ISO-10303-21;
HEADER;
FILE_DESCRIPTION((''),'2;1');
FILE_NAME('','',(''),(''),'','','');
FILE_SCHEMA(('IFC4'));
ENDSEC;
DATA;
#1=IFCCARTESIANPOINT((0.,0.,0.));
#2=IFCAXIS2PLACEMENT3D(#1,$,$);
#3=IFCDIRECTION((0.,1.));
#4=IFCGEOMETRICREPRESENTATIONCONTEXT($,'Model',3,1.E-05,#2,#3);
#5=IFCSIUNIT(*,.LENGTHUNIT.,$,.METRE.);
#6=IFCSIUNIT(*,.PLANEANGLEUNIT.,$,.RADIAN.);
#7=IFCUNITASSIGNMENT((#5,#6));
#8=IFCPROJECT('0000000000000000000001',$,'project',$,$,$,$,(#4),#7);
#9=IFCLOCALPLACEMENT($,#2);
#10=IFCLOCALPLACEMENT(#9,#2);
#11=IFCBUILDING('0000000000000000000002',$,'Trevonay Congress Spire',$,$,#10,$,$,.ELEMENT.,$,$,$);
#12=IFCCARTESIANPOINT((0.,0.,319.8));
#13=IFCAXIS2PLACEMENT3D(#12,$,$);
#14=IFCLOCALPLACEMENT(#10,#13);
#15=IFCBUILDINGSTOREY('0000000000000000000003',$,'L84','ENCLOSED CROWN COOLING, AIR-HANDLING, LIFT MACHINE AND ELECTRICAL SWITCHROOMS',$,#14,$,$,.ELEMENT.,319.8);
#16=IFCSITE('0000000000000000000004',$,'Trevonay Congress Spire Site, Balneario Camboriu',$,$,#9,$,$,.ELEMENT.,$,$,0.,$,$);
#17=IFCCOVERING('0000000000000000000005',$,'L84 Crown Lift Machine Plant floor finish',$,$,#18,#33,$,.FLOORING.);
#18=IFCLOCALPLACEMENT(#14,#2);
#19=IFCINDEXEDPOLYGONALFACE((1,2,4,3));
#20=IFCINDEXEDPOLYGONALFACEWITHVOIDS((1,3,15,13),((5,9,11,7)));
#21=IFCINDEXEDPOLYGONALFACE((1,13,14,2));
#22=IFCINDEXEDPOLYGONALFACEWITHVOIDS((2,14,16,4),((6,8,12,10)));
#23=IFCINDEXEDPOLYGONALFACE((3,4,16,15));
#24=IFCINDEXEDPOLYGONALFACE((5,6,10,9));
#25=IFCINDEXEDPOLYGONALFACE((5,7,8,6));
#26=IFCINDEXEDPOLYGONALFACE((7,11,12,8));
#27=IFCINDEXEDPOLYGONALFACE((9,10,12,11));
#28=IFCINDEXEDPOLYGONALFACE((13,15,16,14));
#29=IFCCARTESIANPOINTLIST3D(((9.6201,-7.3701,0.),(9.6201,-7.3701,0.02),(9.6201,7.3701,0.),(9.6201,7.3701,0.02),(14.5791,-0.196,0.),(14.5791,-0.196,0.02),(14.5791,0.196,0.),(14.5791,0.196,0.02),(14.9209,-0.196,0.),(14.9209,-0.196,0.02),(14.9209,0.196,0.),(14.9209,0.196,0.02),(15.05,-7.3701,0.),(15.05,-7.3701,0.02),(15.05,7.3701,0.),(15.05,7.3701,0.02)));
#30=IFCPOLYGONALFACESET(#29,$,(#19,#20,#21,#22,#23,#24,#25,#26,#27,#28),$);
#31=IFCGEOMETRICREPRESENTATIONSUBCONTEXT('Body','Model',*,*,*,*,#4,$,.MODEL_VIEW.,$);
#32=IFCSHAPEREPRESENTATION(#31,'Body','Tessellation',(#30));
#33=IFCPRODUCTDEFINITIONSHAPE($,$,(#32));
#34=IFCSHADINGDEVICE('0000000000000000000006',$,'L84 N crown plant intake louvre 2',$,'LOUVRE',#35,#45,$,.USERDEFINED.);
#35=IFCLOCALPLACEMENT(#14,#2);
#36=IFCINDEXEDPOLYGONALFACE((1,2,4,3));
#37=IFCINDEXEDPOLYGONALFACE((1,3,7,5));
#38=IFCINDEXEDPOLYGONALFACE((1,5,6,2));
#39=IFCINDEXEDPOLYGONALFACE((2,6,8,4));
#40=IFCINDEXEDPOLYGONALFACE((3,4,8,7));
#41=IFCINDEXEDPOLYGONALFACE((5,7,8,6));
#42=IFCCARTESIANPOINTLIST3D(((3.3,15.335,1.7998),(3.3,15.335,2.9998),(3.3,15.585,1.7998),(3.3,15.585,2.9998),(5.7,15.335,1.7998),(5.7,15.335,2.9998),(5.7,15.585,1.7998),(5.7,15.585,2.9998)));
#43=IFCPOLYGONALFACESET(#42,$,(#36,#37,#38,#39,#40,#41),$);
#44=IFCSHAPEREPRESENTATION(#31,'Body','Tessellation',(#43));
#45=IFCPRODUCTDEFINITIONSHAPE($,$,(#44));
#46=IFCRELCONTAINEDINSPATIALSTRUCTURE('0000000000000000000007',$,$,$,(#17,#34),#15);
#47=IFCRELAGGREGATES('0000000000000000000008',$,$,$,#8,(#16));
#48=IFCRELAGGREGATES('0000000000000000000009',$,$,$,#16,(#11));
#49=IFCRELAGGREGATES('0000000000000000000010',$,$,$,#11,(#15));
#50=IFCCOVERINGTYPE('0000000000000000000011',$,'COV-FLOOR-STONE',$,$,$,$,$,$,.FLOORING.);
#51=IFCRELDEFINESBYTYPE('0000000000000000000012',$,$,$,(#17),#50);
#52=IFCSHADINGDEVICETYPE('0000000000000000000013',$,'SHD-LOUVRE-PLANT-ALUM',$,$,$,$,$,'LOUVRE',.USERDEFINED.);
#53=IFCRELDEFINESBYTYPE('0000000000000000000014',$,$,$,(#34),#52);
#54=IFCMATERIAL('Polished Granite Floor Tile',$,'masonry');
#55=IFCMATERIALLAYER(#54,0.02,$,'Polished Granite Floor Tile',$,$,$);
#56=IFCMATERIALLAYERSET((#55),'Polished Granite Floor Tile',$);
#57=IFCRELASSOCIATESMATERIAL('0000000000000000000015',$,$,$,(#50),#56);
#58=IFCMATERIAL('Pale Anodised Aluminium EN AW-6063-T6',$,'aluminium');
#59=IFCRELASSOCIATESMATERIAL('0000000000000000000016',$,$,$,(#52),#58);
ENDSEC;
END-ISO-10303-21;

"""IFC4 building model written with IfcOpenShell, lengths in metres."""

from ifc_helpers import new_model, si_unit, direction, frame, origin, origin_2d, place, context, subcontext, project, spatial, polyline, rectangle, outline, extrude, material, layer, layer_set, type_object, element, save


model = new_model("IFC4")

# Units and contexts
model_context = context("Model", 3, precision=1e-05, world=origin(), true_north=direction((0.0, 1.0)))
body_context = subcontext(model_context, "Body", "Model", "MODEL_VIEW")
ifc_project = project(units=[si_unit("LENGTHUNIT", "METRE"), si_unit("PLANEANGLEUNIT", "RADIAN")], contexts=[model_context])

# Site, building, storey
site_placement = place(None, origin())
site = spatial("IfcSite", under=ifc_project, at=site_placement, Name="Trevonay Congress Spire Site, Balneario Camboriu", CompositionType="ELEMENT", RefElevation=0.0)
building_placement = place(site_placement, origin())
building = spatial("IfcBuilding", under=site, at=building_placement, Name="Trevonay Congress Spire", CompositionType="ELEMENT")
storey_placement = place(building_placement, frame((0.0, 0.0, 319.8)))
storey = spatial("IfcBuildingStorey", under=building, at=storey_placement, Name="L84", Description="ENCLOSED CROWN COOLING, AIR-HANDLING, LIFT MACHINE AND ELECTRICAL SWITCHROOMS", CompositionType="ELEMENT", Elevation=319.8)

# Shared definitions
ifc_material_1 = material(Name="Pale Anodised Aluminium EN AW-6063-T6", Category="aluminium")

# Covering
ifc_material_2 = material(Name="Polished Granite Floor Tile", Category="masonry")
ifc_layer_1 = layer(ifc_material_2, 0.02, Name="Polished Granite Floor Tile")
ifc_layer_set_1 = layer_set([ifc_layer_1], Name="Polished Granite Floor Tile")
covering_type_1 = type_object("IfcCoveringType", Name="COV-FLOOR-STONE", PredefinedType="FLOORING", material=ifc_layer_set_1)
covering_1_placement = place(storey_placement, origin())
element("IfcCovering", 1, at=covering_1_placement, inside=storey, type_object=covering_type_1, Name="L84 Crown Lift Machine Plant floor finish", PredefinedType="FLOORING", context=body_context, shape_type="SweptSolid", body=[
    extrude(outline(polyline([(9.6201, 7.3701), (15.05, 7.3701), (15.05, -7.3701), (9.6201, -7.3701), (9.6201, 7.3701)]), holes=[polyline([(14.9209, -0.196), (14.9209, 0.196), (14.5791, 0.196), (14.5791, -0.196), (14.9209, -0.196)])]), origin(), (0.0, 0.0, 1.0), 0.02),
])

# Shading device
shading_device_type = type_object("IfcShadingDeviceType", Name="SHD-LOUVRE-PLANT-ALUM", ElementType="LOUVRE", PredefinedType="USERDEFINED", material=ifc_material_1)
shading_device_placement = place(storey_placement, frame((4.5, 15.46, 1.7998), z_axis=(0.0, 0.0, 1.0), x_axis=(1.0, 0.0, 0.0)))
element("IfcShadingDevice", 2, at=shading_device_placement, inside=storey, type_object=shading_device_type, Name="L84 N crown plant intake louvre 2", ObjectType="LOUVRE", PredefinedType="USERDEFINED", context=body_context, shape_type="SweptSolid", body=[
    extrude(rectangle(XDim=2.3999, YDim=0.25, at=origin_2d()), origin(), (0.0, 0.0, 1.0), 1.2),
])

save(model, "model.ifc")
